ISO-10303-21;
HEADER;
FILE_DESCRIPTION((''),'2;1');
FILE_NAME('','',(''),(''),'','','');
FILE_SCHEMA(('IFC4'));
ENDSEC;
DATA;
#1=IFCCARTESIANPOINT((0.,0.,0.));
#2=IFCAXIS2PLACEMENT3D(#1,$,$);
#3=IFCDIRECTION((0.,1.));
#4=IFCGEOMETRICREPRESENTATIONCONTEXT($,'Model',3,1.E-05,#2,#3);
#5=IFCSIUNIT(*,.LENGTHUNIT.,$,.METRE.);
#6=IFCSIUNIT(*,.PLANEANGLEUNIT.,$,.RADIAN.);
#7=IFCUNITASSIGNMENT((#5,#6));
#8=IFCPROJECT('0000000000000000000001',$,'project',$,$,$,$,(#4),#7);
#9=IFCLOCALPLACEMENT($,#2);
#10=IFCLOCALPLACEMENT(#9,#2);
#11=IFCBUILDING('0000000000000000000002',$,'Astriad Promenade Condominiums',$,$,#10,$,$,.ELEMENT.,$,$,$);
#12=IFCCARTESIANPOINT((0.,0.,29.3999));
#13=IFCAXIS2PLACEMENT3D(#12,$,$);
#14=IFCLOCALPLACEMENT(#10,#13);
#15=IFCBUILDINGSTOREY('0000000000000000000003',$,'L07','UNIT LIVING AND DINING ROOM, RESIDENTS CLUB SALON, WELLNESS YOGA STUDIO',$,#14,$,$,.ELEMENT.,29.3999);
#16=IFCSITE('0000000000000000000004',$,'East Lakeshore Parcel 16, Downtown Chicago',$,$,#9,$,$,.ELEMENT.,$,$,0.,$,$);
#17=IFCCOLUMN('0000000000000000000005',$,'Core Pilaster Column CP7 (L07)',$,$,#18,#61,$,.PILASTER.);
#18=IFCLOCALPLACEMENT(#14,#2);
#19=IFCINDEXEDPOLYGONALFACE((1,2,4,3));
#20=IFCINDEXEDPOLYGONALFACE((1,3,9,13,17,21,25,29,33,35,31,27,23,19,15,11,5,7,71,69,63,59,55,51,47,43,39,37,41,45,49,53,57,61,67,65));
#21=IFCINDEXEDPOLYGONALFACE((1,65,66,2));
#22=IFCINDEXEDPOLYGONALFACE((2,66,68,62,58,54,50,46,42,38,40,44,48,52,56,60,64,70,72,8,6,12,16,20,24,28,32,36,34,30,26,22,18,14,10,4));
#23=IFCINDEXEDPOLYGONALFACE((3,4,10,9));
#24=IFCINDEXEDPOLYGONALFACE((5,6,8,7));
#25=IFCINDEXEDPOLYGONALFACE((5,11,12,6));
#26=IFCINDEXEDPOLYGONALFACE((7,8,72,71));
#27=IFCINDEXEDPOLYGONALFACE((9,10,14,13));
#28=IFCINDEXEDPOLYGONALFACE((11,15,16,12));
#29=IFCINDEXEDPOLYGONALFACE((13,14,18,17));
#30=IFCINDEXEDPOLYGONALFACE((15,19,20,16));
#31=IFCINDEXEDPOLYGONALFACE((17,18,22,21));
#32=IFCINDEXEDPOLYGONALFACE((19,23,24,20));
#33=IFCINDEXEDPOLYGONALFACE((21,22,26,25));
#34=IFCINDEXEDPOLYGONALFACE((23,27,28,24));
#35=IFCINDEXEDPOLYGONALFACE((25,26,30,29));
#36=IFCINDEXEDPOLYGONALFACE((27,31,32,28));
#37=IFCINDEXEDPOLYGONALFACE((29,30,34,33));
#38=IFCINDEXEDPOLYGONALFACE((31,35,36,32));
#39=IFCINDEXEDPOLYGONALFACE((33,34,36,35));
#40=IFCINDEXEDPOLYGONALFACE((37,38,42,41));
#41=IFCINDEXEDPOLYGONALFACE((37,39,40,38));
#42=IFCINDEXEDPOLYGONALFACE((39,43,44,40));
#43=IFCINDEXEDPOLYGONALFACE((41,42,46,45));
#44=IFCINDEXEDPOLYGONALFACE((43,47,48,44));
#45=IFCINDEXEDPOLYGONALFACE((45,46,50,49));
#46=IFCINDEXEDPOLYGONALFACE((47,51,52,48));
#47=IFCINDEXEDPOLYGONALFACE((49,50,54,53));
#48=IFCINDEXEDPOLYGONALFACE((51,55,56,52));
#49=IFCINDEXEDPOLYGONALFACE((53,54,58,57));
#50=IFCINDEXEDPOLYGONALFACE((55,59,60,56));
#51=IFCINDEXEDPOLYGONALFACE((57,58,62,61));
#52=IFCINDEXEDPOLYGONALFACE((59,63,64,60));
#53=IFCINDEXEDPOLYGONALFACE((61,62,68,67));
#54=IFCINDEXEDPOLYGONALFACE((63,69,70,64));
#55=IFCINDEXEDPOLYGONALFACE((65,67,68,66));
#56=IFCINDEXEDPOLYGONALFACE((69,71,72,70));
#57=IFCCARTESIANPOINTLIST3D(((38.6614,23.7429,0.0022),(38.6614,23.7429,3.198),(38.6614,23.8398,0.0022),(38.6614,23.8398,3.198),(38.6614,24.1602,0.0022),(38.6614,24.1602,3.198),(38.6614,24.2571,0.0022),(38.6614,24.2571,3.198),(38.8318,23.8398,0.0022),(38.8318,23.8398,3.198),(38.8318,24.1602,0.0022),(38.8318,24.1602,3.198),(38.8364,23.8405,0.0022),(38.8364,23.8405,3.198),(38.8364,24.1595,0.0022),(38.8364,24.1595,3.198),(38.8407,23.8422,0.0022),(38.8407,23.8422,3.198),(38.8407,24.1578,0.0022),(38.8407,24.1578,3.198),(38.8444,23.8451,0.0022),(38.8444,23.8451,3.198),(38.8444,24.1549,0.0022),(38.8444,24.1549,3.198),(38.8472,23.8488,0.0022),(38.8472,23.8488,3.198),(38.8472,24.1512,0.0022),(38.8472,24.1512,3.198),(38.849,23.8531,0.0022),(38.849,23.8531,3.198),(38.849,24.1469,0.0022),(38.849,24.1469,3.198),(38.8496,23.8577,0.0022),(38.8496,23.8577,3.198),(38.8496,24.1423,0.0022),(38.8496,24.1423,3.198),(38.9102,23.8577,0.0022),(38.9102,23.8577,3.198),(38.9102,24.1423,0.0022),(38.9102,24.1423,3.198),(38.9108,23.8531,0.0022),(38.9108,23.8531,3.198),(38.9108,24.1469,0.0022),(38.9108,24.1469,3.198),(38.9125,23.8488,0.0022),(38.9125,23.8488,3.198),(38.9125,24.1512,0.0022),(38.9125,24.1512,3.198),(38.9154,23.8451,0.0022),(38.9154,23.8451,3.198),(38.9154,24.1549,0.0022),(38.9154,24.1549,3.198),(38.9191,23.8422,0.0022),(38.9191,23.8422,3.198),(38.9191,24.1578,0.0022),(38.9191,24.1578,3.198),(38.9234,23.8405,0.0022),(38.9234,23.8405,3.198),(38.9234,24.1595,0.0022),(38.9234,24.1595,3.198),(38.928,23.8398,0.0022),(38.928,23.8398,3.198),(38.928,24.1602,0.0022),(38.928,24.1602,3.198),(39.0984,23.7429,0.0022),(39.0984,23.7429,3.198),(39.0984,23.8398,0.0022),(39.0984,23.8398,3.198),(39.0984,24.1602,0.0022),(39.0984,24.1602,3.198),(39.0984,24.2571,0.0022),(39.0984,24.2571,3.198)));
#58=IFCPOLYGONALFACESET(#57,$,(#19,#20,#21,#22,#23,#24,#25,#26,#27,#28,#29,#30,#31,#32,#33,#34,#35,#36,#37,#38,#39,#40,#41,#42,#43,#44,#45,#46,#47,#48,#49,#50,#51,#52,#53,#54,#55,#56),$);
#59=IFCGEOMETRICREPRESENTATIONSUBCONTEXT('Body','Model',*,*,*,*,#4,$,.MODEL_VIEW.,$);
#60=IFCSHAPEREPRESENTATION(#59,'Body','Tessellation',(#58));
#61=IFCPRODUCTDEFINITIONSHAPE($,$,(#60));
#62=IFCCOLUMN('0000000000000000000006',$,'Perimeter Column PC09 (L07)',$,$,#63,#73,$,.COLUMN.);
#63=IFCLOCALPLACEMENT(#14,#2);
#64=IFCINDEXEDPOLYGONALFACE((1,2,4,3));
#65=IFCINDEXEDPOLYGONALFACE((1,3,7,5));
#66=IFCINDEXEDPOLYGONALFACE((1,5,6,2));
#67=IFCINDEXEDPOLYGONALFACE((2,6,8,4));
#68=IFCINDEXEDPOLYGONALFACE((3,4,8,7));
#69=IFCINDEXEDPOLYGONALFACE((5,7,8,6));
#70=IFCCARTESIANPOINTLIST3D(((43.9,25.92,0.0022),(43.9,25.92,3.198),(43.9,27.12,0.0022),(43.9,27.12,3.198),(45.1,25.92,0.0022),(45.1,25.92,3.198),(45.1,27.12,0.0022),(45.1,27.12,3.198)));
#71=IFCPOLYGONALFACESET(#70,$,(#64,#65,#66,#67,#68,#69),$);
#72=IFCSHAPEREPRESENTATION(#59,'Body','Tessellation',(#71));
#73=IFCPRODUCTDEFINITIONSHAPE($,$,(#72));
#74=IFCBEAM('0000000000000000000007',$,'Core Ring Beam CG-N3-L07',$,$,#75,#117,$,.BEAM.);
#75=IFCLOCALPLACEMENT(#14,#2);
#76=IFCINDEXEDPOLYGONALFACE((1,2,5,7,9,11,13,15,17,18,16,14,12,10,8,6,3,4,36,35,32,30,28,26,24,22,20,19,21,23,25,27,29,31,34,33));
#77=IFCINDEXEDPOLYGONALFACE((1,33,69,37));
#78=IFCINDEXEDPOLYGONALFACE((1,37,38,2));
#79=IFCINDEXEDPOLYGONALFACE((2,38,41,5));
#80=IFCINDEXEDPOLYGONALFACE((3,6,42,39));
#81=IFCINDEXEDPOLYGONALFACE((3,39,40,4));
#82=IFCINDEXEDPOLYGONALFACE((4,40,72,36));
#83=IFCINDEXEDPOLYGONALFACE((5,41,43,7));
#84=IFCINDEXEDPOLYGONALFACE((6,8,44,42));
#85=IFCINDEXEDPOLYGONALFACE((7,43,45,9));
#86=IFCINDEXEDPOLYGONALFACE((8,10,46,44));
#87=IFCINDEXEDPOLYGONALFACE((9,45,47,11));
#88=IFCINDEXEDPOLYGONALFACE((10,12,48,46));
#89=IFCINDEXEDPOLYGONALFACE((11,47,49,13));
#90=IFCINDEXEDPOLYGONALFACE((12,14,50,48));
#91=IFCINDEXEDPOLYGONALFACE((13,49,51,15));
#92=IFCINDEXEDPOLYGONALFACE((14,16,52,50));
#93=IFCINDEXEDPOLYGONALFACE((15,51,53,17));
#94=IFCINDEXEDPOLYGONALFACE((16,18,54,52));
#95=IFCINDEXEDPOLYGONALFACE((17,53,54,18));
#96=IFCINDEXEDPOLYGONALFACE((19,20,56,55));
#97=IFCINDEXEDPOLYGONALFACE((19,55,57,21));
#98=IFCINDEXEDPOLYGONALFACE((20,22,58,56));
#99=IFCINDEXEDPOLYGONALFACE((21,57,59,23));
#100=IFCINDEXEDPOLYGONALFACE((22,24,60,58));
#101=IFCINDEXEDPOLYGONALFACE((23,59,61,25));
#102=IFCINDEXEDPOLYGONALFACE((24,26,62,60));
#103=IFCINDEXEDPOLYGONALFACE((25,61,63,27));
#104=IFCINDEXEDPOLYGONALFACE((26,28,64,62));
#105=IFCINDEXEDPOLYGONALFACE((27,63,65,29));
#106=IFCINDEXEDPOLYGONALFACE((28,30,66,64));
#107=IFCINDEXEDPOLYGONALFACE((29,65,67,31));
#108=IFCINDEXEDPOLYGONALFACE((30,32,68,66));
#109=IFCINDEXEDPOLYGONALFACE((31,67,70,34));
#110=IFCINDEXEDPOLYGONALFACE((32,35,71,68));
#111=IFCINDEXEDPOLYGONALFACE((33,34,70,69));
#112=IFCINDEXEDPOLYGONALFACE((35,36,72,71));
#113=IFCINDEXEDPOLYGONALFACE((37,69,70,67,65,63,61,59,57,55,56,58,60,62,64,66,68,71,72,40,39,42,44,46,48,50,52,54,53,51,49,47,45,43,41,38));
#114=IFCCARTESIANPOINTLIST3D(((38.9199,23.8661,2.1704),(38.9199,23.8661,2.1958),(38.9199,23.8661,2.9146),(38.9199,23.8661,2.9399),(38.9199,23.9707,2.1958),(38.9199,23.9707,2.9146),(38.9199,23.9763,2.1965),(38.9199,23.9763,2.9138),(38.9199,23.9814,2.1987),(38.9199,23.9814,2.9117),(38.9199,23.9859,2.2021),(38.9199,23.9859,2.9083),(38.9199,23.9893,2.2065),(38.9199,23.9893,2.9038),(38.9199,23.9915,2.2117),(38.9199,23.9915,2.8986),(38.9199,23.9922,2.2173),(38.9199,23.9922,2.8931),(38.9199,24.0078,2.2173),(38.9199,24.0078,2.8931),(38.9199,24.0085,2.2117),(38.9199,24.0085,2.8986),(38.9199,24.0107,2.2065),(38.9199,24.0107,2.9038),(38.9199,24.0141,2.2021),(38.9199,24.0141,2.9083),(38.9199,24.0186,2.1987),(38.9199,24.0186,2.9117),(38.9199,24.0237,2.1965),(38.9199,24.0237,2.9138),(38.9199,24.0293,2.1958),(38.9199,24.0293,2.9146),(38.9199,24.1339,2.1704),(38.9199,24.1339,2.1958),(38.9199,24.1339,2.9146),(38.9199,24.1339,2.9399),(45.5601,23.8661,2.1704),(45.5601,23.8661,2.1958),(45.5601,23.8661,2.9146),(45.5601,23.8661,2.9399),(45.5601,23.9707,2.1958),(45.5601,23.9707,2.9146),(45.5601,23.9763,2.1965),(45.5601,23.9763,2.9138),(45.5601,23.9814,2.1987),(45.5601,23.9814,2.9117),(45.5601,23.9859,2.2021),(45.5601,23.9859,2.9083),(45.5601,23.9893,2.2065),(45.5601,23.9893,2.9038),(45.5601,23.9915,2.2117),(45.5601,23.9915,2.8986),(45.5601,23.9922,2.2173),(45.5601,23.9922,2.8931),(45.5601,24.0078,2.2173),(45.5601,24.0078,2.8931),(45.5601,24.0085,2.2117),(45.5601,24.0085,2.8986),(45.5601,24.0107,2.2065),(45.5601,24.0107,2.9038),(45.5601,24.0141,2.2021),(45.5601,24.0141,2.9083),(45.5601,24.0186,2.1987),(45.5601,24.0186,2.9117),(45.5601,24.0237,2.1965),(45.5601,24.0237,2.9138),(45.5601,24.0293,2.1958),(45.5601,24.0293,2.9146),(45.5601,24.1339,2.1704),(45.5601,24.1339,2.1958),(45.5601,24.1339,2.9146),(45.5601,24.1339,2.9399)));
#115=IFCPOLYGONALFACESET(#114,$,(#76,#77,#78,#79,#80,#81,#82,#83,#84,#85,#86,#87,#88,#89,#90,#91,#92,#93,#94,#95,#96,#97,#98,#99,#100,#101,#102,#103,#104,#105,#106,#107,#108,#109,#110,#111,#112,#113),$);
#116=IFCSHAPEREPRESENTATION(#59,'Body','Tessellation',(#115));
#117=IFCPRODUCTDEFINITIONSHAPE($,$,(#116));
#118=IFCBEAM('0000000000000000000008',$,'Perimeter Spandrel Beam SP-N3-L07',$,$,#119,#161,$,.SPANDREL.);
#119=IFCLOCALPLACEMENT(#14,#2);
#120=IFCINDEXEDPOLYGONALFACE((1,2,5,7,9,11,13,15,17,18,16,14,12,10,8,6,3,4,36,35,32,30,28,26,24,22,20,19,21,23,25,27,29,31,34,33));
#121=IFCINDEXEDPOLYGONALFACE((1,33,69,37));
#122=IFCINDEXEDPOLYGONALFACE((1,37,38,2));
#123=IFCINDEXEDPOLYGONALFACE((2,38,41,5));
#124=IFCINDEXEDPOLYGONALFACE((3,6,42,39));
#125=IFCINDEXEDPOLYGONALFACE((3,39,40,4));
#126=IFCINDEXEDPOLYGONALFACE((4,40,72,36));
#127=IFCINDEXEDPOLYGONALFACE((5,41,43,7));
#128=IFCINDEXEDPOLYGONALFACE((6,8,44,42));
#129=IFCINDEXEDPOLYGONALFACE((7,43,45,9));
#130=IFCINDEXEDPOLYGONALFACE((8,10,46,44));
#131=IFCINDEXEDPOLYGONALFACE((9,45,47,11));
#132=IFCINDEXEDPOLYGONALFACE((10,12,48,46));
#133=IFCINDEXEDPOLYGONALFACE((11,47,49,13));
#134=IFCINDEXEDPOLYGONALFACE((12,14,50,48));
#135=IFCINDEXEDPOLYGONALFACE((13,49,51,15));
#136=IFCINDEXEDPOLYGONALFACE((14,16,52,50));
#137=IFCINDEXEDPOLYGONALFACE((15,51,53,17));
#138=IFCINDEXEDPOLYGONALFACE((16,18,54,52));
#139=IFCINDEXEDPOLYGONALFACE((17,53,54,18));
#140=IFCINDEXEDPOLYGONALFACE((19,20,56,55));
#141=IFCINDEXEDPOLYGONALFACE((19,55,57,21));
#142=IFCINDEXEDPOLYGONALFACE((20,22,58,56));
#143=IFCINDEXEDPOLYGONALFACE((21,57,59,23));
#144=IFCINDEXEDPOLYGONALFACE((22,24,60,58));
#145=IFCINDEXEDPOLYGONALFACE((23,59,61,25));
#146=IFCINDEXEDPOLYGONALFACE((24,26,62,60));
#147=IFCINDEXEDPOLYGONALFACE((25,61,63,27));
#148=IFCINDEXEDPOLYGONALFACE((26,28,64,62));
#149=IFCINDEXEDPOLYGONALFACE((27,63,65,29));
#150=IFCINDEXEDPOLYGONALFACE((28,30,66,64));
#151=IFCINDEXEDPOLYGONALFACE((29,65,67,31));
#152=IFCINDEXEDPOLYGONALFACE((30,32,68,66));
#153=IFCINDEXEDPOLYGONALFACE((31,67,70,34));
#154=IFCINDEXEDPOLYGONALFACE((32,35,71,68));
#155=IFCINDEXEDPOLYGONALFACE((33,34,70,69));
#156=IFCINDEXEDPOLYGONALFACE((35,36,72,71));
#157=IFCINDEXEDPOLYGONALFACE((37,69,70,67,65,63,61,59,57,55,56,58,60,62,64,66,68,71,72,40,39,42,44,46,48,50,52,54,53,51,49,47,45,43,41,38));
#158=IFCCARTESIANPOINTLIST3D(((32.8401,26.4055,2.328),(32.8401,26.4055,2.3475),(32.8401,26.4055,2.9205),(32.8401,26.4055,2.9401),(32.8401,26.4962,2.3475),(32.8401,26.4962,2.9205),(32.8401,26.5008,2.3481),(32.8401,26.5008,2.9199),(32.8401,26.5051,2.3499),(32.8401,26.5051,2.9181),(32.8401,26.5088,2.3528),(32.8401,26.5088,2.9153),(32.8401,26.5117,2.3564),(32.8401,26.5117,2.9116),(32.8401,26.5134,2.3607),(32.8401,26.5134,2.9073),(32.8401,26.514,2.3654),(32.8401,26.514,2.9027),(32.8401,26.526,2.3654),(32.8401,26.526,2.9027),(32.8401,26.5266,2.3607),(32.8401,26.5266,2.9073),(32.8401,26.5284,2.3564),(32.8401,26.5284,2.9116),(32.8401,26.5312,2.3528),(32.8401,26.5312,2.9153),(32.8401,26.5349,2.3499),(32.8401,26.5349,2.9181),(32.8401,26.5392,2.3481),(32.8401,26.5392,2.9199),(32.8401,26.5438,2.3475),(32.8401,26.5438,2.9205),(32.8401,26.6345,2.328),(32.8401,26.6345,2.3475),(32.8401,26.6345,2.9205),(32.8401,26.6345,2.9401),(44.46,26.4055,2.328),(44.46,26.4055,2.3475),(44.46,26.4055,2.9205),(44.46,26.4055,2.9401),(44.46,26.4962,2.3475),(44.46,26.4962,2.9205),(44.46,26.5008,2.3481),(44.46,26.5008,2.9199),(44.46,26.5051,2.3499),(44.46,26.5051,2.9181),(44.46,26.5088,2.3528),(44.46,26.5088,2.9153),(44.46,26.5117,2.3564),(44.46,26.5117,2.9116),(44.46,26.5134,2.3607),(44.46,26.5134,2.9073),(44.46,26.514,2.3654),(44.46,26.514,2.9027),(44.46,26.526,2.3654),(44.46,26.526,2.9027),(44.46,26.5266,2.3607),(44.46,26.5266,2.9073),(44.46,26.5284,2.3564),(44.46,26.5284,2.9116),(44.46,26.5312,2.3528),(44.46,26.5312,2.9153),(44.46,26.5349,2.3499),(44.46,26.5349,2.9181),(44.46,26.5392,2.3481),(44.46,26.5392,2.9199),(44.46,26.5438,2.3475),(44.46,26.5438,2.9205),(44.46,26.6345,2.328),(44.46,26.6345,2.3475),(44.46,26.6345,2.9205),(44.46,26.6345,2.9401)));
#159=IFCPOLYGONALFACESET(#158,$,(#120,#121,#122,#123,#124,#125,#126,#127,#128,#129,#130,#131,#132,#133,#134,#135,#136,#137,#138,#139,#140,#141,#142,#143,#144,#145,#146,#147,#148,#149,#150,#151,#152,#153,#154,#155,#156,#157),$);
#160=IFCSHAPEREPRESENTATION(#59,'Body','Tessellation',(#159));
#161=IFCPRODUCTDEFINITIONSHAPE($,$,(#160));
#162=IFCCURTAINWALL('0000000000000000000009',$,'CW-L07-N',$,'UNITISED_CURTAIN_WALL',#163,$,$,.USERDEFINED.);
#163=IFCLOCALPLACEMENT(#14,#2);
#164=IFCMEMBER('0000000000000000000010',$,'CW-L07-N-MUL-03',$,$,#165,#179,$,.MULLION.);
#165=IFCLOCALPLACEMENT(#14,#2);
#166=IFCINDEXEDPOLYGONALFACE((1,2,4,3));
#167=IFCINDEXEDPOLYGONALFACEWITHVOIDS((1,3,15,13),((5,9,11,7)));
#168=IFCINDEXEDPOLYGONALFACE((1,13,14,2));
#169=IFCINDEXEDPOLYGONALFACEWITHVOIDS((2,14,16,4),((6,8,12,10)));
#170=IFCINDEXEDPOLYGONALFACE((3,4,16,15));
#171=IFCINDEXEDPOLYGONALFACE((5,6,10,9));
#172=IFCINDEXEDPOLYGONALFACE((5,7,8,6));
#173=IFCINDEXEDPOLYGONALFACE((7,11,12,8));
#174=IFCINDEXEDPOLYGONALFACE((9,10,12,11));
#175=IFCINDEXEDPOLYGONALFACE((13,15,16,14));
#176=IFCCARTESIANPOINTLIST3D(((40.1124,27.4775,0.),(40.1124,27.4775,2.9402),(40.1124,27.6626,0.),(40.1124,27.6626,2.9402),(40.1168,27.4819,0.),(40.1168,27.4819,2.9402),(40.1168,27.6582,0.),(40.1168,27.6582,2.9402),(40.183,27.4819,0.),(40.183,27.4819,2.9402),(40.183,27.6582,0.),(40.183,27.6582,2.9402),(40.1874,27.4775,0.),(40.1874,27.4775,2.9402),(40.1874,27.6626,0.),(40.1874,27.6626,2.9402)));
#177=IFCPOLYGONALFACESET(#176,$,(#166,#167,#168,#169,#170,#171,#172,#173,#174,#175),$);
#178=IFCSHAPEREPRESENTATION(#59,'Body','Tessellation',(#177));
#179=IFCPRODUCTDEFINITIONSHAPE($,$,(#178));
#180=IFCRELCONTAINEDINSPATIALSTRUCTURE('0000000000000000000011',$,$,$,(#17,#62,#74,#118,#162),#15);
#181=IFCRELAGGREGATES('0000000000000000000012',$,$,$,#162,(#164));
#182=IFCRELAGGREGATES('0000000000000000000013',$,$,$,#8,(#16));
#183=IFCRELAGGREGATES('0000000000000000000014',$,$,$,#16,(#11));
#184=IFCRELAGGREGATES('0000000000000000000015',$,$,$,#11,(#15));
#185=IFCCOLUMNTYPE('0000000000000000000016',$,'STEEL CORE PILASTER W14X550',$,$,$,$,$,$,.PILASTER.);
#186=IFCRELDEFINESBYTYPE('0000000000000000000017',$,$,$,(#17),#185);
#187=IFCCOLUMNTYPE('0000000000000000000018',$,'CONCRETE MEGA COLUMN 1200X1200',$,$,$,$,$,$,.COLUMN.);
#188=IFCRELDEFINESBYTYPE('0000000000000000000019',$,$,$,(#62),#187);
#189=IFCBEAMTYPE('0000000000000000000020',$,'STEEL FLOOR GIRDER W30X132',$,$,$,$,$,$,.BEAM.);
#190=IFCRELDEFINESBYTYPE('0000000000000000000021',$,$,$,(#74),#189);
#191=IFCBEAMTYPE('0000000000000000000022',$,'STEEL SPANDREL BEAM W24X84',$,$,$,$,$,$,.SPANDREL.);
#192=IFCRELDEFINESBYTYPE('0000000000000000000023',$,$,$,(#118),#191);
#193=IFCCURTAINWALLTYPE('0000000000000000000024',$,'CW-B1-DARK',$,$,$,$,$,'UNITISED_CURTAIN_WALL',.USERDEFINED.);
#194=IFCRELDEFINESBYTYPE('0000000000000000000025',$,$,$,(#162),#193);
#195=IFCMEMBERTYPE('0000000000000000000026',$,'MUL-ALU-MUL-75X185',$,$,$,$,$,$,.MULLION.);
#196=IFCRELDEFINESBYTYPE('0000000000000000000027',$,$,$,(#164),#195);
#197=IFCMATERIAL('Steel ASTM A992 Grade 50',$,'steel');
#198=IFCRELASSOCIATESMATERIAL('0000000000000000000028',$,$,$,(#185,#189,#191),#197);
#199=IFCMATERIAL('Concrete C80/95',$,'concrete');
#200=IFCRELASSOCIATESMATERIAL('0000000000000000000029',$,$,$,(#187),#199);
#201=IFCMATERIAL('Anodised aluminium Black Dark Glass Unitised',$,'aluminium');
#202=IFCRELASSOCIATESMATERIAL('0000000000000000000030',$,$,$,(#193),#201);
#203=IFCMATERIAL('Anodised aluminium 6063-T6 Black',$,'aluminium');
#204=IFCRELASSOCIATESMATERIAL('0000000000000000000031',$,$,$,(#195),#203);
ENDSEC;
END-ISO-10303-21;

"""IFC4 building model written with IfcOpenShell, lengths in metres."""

from ifc_helpers import new_model, si_unit, direction, frame, origin, origin_2d, place, context, subcontext, project, spatial, rectangle, hollow_rectangle, i_section, extrude, source, transform, mapped, material, material_profile, profile_set, type_object, type_shapes, element, aggregate, save


model = new_model("IFC4")

# Units and contexts
model_context = context("Model", 3, precision=1e-05, world=origin(), true_north=direction((0.0, 1.0)))
body_context = subcontext(model_context, "Body", "Model", "MODEL_VIEW")
ifc_project = project(units=[si_unit("LENGTHUNIT", "METRE"), si_unit("PLANEANGLEUNIT", "RADIAN")], contexts=[model_context])

# Site, building, storey
site_placement = place(None, origin())
site = spatial("IfcSite", under=ifc_project, at=site_placement, Name="East Lakeshore Parcel 16, Downtown Chicago", CompositionType="ELEMENT", RefElevation=0.0)
building_placement = place(site_placement, origin())
building = spatial("IfcBuilding", under=site, at=building_placement, Name="Astriad Promenade Condominiums", CompositionType="ELEMENT")
storey_placement = place(building_placement, frame((0.0, 0.0, 29.3999)))
storey = spatial("IfcBuildingStorey", under=building, at=storey_placement, Name="L07", Description="UNIT LIVING AND DINING ROOM, RESIDENTS CLUB SALON, WELLNESS YOGA STUDIO", CompositionType="ELEMENT", Elevation=29.3999)

# Columns
ifc_material_1 = material(Name="Steel ASTM A992 Grade 50", Category="steel")
ifc_material_profile_1 = material_profile(ifc_material_1, i_section(OverallWidth=0.437, OverallDepth=0.5142, WebThickness=0.0605, FlangeThickness=0.0969, FilletRadius=0.0178, at=origin_2d()), Name="W14X550")
ifc_profile_set_1 = profile_set([ifc_material_profile_1], Name="Steel ASTM A992 Grade 50")
column_type_1 = type_object("IfcColumnType", Name="STEEL CORE PILASTER W14X550", PredefinedType="PILASTER", material=ifc_profile_set_1)
shared_shape_1 = source(origin(), body_context, "Body", "SweptSolid", [
    extrude(i_section(OverallWidth=0.437, OverallDepth=0.5142, WebThickness=0.0605, FlangeThickness=0.0969, FilletRadius=0.0178, at=origin_2d()), origin(), (0.0, 0.0, 1.0), 3.1958),
])
type_shapes(column_type_1, [shared_shape_1])
column_1_placement = place(storey_placement, frame((38.8799, 24.0, 0.0022), z_axis=(0.0, 0.0, 1.0), x_axis=(1.0, 0.0, 0.0)))
element("IfcColumn", 1, at=column_1_placement, inside=storey, type_object=column_type_1, Name="Core Pilaster Column CP7 (L07)", PredefinedType="PILASTER", context=body_context, shape_type="MappedRepresentation", body=[
    mapped(shared_shape_1, transform((0.0, 0.0, 0.0), scale=1.0)),
])
ifc_material_2 = material(Name="Concrete C80/95", Category="concrete")
ifc_material_profile_2 = material_profile(ifc_material_2, rectangle(XDim=1.2, YDim=1.2, at=origin_2d()), Name="RC-COL-1200X1200")
ifc_profile_set_2 = profile_set([ifc_material_profile_2], Name="Concrete C80/95")
column_type_2 = type_object("IfcColumnType", Name="CONCRETE MEGA COLUMN 1200X1200", PredefinedType="COLUMN", material=ifc_profile_set_2)
shared_shape_2 = source(origin(), body_context, "Body", "SweptSolid", [
    extrude(rectangle(XDim=1.2, YDim=1.2, at=origin_2d()), origin(), (0.0, 0.0, 1.0), 3.1958),
])
type_shapes(column_type_2, [shared_shape_2])
column_2_placement = place(storey_placement, frame((44.5, 26.52, 0.0022), z_axis=(0.0, 0.0, 1.0), x_axis=(1.0, 0.0, 0.0)))
element("IfcColumn", 2, at=column_2_placement, inside=storey, type_object=column_type_2, Name="Perimeter Column PC09 (L07)", PredefinedType="COLUMN", context=body_context, shape_type="MappedRepresentation", body=[
    mapped(shared_shape_2, transform((0.0, 0.0, 0.0), scale=1.0)),
])

# Beams
ifc_material_profile_3 = material_profile(ifc_material_1, i_section(OverallWidth=0.2678, OverallDepth=0.7695, WebThickness=0.0156, FlangeThickness=0.0254, FilletRadius=0.0215, at=origin_2d()), Name="W30X132")
ifc_profile_set_3 = profile_set([ifc_material_profile_3], Name="Steel ASTM A992 Grade 50")
beam_type_1 = type_object("IfcBeamType", Name="STEEL FLOOR GIRDER W30X132", PredefinedType="BEAM", material=ifc_profile_set_3)
shared_shape_3 = source(origin(), body_context, "Body", "SweptSolid", [
    extrude(i_section(OverallWidth=0.2678, OverallDepth=0.7695, WebThickness=0.0156, FlangeThickness=0.0254, FilletRadius=0.0215, at=origin_2d()), origin(), (0.0, 0.0, 1.0), 6.6401),
])
type_shapes(beam_type_1, [shared_shape_3])
beam_1_placement = place(storey_placement, frame((38.9199, 24.0, 2.5552), z_axis=(1.0, 0.0, 0.0), x_axis=(0.0, 1.0, 0.0)))
element("IfcBeam", 3, at=beam_1_placement, inside=storey, type_object=beam_type_1, Name="Core Ring Beam CG-N3-L07", PredefinedType="BEAM", context=body_context, shape_type="MappedRepresentation", body=[
    mapped(shared_shape_3, transform((0.0, 0.0, 0.0), scale=1.0)),
])
ifc_material_profile_4 = material_profile(ifc_material_1, i_section(OverallWidth=0.229, OverallDepth=0.6121, WebThickness=0.012, FlangeThickness=0.0195, FilletRadius=0.0178, at=origin_2d()), Name="W24X84")
ifc_profile_set_4 = profile_set([ifc_material_profile_4], Name="Steel ASTM A992 Grade 50")
beam_type_2 = type_object("IfcBeamType", Name="STEEL SPANDREL BEAM W24X84", PredefinedType="SPANDREL", material=ifc_profile_set_4)
shared_shape_4 = source(origin(), body_context, "Body", "SweptSolid", [
    extrude(i_section(OverallWidth=0.229, OverallDepth=0.6121, WebThickness=0.012, FlangeThickness=0.0195, FilletRadius=0.0178, at=origin_2d()), origin(), (0.0, 0.0, 1.0), 11.6199),
])
type_shapes(beam_type_2, [shared_shape_4])
beam_2_placement = place(storey_placement, frame((44.46, 26.52, 2.634), z_axis=(-1.0, 0.0, 0.0), x_axis=(0.0, -1.0, 0.0)))
element("IfcBeam", 4, at=beam_2_placement, inside=storey, type_object=beam_type_2, Name="Perimeter Spandrel Beam SP-N3-L07", PredefinedType="SPANDREL", context=body_context, shape_type="MappedRepresentation", body=[
    mapped(shared_shape_4, transform((0.0, 0.0, 0.0), scale=1.0)),
])

# Curtain wall, member
ifc_material_3 = material(Name="Anodised aluminium Black Dark Glass Unitised", Category="aluminium")
curtain_wall_type = type_object("IfcCurtainWallType", Name="CW-B1-DARK", ElementType="UNITISED_CURTAIN_WALL", PredefinedType="USERDEFINED", material=ifc_material_3)
curtain_wall_placement = place(storey_placement, origin())
curtain_wall = element("IfcCurtainWall", 5, at=curtain_wall_placement, inside=storey, type_object=curtain_wall_type, Name="CW-L07-N", ObjectType="UNITISED_CURTAIN_WALL", PredefinedType="USERDEFINED")
ifc_material_4 = material(Name="Anodised aluminium 6063-T6 Black", Category="aluminium")
ifc_material_profile_5 = material_profile(ifc_material_4, hollow_rectangle(XDim=0.075, YDim=0.1851, WallThickness=0.0044, at=origin_2d()), Name="ALU-MUL-75X185")
ifc_profile_set_5 = profile_set([ifc_material_profile_5], Name="Anodised aluminium 6063-T6 Black")
member_type = type_object("IfcMemberType", Name="MUL-ALU-MUL-75X185", PredefinedType="MULLION", material=ifc_profile_set_5)
shared_shape_5 = source(origin(), body_context, "Body", "SweptSolid", [
    extrude(hollow_rectangle(XDim=0.075, YDim=0.1851, WallThickness=0.0044, at=origin_2d()), origin(), (0.0, 0.0, 1.0), 2.9402),
])
type_shapes(member_type, [shared_shape_5])
member_placement = place(storey_placement, frame((40.1499, 27.5701, 0.0), z_axis=(0.0, 0.0, 1.0), x_axis=(1.0, 0.0, 0.0)))
member = element("IfcMember", 6, at=member_placement, type_object=member_type, Name="CW-L07-N-MUL-03", PredefinedType="MULLION", context=body_context, shape_type="MappedRepresentation", body=[
    mapped(shared_shape_5, transform((0.0, 0.0, 0.0), scale=1.0)),
])
aggregate(curtain_wall, [member])

save(model, "model.ifc")
